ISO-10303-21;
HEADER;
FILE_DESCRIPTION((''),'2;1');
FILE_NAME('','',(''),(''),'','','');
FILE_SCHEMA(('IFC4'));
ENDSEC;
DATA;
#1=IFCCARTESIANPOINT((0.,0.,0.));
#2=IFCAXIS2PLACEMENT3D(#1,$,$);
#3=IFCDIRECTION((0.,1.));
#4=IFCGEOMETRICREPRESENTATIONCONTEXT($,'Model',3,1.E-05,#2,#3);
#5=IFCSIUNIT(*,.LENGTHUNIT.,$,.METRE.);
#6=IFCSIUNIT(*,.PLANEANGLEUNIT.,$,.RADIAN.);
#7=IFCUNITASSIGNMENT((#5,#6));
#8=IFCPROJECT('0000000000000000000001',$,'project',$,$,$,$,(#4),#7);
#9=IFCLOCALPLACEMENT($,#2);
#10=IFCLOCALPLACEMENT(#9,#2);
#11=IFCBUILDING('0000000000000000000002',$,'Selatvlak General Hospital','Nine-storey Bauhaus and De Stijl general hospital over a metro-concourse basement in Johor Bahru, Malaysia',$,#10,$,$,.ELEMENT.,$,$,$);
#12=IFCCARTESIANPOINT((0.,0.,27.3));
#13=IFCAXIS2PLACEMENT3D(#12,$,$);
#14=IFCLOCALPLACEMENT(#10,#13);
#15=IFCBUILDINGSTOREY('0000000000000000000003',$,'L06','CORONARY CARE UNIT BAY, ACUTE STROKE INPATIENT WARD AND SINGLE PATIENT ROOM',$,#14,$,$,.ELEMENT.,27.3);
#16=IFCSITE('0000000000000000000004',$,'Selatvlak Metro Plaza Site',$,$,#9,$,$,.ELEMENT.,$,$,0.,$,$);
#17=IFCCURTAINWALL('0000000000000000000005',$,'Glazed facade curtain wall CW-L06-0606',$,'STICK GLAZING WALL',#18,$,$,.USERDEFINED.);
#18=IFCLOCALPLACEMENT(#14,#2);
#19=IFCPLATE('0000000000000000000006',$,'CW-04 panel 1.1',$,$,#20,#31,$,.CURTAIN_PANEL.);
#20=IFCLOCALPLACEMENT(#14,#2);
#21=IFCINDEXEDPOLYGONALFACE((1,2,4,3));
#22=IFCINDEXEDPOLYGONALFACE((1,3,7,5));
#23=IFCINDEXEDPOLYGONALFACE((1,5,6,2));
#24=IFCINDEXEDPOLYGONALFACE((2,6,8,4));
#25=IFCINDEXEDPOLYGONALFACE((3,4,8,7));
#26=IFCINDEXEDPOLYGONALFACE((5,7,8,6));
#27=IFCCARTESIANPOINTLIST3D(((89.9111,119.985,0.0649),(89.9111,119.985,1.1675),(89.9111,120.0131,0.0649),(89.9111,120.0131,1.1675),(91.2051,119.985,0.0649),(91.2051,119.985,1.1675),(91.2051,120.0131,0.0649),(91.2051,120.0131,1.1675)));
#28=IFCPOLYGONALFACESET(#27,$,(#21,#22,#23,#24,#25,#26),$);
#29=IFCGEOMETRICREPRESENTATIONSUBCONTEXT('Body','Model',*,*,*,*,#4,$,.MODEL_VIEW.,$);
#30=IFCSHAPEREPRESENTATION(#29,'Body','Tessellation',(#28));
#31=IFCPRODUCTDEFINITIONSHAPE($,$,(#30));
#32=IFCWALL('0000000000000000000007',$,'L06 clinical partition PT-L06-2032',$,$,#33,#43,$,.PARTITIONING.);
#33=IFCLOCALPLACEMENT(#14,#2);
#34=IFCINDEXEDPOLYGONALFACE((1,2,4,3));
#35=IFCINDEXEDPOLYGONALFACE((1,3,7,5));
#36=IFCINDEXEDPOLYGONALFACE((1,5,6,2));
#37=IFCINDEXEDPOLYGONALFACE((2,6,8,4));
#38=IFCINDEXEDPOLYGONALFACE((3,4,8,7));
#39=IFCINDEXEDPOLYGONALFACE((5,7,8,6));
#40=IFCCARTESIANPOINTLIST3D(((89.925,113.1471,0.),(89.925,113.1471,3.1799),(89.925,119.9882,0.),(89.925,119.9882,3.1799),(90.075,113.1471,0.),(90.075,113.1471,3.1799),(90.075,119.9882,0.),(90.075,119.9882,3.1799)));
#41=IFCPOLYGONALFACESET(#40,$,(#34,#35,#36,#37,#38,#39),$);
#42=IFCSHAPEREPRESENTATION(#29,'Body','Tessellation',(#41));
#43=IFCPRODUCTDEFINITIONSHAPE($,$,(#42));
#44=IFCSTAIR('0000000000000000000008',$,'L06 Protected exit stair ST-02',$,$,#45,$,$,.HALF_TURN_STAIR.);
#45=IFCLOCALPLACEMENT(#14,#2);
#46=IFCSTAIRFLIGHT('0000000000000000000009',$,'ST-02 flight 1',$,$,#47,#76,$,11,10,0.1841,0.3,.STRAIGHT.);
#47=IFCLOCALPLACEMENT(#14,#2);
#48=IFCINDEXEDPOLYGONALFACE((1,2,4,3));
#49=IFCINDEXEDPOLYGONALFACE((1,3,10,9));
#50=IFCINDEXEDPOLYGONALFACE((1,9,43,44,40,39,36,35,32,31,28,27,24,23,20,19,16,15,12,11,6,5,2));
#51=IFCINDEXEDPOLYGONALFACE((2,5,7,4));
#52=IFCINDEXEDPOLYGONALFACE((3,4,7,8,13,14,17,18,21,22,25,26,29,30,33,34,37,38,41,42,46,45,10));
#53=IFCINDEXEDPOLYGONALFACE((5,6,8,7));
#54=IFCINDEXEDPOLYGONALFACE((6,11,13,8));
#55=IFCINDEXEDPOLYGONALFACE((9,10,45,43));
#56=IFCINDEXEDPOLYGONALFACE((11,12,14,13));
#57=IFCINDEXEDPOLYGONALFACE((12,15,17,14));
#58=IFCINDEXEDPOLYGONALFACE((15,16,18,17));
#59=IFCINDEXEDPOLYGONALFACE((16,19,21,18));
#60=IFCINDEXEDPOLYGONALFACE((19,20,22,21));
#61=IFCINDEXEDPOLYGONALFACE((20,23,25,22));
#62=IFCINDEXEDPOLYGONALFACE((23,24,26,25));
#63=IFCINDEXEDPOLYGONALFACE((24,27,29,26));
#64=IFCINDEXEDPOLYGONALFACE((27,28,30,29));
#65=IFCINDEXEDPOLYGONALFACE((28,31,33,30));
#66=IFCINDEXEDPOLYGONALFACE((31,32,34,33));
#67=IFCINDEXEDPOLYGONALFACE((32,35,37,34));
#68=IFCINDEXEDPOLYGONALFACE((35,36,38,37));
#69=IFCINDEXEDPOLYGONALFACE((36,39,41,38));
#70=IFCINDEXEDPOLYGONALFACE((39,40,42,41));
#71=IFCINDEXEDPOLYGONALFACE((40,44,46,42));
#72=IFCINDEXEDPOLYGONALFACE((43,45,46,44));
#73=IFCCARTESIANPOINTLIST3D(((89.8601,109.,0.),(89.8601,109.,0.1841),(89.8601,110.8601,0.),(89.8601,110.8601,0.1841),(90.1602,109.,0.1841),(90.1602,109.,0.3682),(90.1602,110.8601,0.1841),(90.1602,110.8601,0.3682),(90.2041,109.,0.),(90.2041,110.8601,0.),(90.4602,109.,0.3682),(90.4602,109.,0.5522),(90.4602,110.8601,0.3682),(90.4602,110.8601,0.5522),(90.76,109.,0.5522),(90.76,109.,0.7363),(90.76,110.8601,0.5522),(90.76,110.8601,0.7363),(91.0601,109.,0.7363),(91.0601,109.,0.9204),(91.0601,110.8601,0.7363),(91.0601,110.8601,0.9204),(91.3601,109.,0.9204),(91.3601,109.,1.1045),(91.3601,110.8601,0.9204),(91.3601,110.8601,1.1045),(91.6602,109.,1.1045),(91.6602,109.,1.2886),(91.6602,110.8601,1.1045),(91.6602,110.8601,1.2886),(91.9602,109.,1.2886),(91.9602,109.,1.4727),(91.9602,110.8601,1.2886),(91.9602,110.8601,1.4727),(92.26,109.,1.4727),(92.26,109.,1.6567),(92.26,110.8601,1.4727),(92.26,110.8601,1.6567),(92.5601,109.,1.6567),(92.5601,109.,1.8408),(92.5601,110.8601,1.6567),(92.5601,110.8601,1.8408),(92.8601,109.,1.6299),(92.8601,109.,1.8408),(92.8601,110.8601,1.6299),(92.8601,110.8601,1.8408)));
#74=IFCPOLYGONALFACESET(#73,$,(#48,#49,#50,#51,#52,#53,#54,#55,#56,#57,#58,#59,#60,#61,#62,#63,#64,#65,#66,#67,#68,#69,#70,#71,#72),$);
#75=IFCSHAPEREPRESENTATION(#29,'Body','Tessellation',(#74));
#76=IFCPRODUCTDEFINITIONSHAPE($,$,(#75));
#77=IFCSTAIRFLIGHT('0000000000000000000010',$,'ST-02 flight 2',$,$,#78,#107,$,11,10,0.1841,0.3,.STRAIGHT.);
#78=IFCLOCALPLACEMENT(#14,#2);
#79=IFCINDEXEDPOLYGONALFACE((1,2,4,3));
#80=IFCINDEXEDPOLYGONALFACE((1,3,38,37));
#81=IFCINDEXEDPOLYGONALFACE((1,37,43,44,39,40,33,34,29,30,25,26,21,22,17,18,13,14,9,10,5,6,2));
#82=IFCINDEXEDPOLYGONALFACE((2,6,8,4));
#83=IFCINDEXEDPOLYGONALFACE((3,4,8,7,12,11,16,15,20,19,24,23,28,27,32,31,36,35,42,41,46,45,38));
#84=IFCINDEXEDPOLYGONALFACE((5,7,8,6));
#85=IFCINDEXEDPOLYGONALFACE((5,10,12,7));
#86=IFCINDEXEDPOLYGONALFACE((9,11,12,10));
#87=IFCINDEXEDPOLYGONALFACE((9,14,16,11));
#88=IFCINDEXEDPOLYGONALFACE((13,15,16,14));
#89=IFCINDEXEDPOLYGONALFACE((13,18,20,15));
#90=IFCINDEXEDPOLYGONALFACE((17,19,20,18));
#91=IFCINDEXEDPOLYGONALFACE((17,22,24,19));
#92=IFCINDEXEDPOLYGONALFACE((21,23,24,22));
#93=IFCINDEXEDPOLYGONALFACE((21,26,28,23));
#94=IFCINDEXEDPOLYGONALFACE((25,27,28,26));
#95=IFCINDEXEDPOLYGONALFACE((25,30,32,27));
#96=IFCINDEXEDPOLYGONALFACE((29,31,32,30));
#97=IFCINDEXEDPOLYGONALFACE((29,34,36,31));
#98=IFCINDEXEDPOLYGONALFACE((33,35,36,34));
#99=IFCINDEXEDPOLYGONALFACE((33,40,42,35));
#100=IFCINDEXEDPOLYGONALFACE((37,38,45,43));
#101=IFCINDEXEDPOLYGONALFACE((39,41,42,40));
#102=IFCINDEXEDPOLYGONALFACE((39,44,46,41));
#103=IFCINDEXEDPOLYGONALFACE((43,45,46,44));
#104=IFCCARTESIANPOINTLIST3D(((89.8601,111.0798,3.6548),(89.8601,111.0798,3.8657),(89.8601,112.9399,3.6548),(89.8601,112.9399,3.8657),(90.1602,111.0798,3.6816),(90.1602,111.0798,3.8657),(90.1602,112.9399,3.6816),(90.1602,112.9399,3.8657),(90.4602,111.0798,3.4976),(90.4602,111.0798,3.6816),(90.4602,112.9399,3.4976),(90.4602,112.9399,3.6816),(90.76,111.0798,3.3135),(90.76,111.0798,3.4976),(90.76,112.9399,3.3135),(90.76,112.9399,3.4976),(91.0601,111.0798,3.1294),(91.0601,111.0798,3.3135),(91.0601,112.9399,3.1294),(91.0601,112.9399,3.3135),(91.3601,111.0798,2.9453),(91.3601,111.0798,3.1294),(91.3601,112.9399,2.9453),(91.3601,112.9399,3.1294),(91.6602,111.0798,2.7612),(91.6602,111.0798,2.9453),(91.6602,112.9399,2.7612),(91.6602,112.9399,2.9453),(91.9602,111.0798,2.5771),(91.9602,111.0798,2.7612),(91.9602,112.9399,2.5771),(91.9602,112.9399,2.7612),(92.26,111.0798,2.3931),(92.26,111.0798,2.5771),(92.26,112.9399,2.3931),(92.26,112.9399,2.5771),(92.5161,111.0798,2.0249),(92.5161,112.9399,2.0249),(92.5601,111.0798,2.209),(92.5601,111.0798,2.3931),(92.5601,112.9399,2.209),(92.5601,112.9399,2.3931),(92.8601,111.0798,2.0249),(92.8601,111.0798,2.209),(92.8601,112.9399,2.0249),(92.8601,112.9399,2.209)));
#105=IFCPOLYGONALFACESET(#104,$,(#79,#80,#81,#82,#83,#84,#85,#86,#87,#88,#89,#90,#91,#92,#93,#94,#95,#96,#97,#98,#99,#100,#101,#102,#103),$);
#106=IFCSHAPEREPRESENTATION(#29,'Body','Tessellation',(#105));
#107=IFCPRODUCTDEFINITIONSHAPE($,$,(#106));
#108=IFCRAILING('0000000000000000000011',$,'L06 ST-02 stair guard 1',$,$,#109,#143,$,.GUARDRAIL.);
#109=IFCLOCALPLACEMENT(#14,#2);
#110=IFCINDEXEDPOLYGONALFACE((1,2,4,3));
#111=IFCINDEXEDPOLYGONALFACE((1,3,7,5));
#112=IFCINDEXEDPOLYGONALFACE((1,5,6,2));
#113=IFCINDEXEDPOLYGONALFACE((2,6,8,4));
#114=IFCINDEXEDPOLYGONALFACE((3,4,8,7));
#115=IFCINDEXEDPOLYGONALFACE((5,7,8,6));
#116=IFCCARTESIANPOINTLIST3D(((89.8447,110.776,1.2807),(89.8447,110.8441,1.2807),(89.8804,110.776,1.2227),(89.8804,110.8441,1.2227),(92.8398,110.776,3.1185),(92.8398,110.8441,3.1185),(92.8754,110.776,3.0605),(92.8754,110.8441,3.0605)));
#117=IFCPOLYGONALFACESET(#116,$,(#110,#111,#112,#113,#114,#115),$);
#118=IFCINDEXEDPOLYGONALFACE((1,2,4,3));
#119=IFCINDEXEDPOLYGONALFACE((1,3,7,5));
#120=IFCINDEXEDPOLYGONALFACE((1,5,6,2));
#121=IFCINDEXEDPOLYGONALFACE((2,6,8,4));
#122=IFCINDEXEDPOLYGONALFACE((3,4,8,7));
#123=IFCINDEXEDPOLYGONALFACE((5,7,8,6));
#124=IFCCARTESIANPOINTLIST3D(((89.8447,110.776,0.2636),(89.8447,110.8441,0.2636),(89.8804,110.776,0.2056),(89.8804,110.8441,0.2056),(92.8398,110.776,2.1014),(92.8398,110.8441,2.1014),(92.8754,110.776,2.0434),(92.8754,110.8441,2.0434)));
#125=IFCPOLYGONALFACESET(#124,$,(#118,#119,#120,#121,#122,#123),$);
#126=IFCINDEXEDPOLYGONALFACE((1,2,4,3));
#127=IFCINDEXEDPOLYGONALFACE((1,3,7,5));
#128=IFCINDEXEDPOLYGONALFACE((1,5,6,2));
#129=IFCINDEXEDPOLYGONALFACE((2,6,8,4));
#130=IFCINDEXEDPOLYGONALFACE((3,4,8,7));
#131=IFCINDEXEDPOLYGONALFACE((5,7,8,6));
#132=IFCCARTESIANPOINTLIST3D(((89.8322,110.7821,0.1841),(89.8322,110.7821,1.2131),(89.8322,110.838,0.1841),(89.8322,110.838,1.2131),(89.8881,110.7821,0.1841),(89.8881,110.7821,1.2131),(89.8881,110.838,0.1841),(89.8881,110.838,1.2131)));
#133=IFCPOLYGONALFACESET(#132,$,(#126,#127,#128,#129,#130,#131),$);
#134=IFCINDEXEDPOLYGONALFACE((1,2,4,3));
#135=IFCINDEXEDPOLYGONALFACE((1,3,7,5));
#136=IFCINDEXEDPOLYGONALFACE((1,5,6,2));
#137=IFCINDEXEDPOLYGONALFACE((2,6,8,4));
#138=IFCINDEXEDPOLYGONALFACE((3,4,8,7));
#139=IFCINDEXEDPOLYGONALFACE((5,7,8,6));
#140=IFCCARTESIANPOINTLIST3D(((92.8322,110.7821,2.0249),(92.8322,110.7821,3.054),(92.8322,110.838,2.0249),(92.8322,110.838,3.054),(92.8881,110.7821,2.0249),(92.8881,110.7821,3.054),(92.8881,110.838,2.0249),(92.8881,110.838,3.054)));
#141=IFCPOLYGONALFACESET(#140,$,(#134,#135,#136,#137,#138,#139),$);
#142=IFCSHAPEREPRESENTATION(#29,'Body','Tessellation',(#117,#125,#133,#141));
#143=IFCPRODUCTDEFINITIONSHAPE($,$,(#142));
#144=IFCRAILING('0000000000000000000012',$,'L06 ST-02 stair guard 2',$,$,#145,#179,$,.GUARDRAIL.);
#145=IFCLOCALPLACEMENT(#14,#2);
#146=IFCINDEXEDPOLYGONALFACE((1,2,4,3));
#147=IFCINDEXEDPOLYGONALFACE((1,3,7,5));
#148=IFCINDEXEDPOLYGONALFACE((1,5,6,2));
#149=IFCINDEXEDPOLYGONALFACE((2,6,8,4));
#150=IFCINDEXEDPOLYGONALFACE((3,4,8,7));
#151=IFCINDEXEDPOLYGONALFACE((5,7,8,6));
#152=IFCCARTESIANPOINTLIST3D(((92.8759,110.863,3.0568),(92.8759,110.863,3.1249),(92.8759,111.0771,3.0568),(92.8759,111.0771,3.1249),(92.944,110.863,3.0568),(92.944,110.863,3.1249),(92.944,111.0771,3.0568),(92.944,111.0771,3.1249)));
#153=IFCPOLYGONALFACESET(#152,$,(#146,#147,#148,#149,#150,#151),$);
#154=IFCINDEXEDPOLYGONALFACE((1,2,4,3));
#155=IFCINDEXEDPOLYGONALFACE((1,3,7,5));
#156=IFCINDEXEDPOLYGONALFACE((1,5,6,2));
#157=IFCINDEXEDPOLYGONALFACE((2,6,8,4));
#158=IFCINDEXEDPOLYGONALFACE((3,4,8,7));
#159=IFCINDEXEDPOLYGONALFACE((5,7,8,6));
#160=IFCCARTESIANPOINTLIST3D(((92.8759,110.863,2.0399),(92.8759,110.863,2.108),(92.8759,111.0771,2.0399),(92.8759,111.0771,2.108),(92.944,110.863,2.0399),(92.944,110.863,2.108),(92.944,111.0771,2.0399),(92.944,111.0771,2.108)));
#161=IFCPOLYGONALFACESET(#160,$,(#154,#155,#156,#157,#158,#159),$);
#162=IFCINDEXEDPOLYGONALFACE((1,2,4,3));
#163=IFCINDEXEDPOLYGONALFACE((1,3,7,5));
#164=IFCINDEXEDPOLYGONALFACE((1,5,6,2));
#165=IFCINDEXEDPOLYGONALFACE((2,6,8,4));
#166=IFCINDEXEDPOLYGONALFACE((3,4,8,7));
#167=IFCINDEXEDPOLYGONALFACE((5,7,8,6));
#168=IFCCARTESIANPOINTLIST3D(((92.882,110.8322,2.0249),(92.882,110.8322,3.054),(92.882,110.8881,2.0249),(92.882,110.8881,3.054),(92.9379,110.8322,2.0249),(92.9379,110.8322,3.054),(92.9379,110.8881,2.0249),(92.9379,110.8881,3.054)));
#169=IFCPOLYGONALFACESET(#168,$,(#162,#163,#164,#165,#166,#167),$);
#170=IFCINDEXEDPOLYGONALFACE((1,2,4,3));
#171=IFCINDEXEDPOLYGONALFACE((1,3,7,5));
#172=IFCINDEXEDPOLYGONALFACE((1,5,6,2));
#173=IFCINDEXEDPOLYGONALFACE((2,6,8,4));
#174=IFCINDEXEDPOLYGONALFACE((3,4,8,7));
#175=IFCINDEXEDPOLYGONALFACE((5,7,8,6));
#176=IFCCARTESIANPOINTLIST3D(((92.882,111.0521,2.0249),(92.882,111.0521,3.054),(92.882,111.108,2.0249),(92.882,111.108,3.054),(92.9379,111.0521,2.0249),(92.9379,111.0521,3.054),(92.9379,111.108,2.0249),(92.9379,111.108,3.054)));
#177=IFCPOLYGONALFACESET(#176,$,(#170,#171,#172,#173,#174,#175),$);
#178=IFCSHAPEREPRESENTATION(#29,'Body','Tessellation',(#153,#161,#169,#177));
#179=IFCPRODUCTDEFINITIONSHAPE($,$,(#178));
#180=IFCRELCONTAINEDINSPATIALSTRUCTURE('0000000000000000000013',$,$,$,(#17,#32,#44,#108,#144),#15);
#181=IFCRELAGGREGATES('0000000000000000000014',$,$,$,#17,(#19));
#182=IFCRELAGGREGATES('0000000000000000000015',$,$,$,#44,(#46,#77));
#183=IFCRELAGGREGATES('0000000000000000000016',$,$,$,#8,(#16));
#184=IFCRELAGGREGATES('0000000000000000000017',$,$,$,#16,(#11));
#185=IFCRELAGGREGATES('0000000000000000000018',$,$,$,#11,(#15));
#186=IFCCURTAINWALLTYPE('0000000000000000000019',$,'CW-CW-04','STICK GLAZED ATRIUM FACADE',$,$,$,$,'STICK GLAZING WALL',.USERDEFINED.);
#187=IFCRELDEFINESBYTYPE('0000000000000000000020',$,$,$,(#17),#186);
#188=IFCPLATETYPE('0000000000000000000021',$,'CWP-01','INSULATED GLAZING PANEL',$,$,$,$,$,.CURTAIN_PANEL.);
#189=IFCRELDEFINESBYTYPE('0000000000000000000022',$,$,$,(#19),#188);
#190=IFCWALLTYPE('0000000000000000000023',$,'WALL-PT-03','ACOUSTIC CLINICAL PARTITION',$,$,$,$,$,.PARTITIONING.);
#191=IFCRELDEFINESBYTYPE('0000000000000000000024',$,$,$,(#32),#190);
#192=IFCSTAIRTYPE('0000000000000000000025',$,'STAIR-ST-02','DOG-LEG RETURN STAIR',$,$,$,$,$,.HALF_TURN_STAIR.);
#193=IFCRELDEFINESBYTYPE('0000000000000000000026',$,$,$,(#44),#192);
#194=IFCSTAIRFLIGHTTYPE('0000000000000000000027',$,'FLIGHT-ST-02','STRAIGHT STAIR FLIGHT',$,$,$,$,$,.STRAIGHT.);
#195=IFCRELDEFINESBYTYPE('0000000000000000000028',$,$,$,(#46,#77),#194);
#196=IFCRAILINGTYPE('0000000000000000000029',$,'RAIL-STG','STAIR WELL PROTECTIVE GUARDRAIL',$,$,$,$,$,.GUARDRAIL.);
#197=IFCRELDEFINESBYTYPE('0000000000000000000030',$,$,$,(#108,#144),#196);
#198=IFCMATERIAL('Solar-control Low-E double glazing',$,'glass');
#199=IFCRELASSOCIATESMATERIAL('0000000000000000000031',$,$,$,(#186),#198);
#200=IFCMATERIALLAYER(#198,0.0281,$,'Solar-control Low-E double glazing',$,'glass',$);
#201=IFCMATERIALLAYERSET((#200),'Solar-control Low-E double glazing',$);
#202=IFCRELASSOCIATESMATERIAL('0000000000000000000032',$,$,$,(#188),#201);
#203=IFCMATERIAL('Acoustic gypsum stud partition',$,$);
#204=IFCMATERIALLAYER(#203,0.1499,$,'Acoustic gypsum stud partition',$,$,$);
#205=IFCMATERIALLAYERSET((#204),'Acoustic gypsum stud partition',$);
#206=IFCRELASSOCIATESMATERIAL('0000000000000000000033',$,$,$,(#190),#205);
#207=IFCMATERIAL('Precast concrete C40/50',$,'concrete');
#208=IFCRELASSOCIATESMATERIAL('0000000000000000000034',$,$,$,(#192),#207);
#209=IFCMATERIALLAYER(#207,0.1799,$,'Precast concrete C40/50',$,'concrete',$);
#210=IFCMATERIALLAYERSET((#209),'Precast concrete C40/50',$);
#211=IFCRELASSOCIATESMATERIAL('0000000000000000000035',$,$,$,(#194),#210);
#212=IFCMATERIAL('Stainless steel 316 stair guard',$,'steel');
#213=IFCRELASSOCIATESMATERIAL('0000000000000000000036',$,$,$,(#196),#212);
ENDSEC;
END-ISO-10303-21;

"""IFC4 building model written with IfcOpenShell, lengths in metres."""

from ifc_helpers import new_model, si_unit, direction, frame, frame_2d, origin, origin_2d, place, context, subcontext, project, spatial, polyline, rectangle, outline, extrude, material, layer, layer_set, type_object, element, aggregate, save


model = new_model("IFC4")

# Units and contexts
model_context = context("Model", 3, precision=1e-05, world=origin(), true_north=direction((0.0, 1.0)))
body_context = subcontext(model_context, "Body", "Model", "MODEL_VIEW")
ifc_project = project(units=[si_unit("LENGTHUNIT", "METRE"), si_unit("PLANEANGLEUNIT", "RADIAN")], contexts=[model_context])

# Site, building, storey
site_placement = place(None, origin())
site = spatial("IfcSite", under=ifc_project, at=site_placement, Name="Selatvlak Metro Plaza Site", CompositionType="ELEMENT", RefElevation=0.0)
building_placement = place(site_placement, origin())
building = spatial("IfcBuilding", under=site, at=building_placement, Name="Selatvlak General Hospital", Description="Nine-storey Bauhaus and De Stijl general hospital over a metro-concourse basement in Johor Bahru, Malaysia", CompositionType="ELEMENT")
storey_placement = place(building_placement, frame((0.0, 0.0, 27.3)))
storey = spatial("IfcBuildingStorey", under=building, at=storey_placement, Name="L06", Description="CORONARY CARE UNIT BAY, ACUTE STROKE INPATIENT WARD AND SINGLE PATIENT ROOM", CompositionType="ELEMENT", Elevation=27.3)

# Shared definitions
ifc_material_1 = material(Name="Solar-control Low-E double glazing", Category="glass")

# Curtain wall
curtain_wall_type_1 = type_object("IfcCurtainWallType", Name="CW-CW-04", Description="STICK GLAZED ATRIUM FACADE", ElementType="STICK GLAZING WALL", PredefinedType="USERDEFINED", material=ifc_material_1)
curtain_wall_1_placement = place(storey_placement, origin())
curtain_wall_1 = element("IfcCurtainWall", 1, at=curtain_wall_1_placement, inside=storey, type_object=curtain_wall_type_1, Name="Glazed facade curtain wall CW-L06-0606", ObjectType="STICK GLAZING WALL", PredefinedType="USERDEFINED")

# Plate
ifc_layer_1 = layer(ifc_material_1, 0.0281, Name="Solar-control Low-E double glazing", Category="glass")
ifc_layer_set_1 = layer_set([ifc_layer_1], Name="Solar-control Low-E double glazing")
plate_type = type_object("IfcPlateType", Name="CWP-01", Description="INSULATED GLAZING PANEL", PredefinedType="CURTAIN_PANEL", material=ifc_layer_set_1)
plate_1_placement = place(storey_placement, frame((90.5581, 119.999, 0.0649), z_axis=(0.0, 0.0, 1.0), x_axis=(1.0, 0.0, 0.0)))
plate_1 = element("IfcPlate", 2, at=plate_1_placement, type_object=plate_type, Name="CW-04 panel 1.1", PredefinedType="CURTAIN_PANEL", context=body_context, shape_type="SweptSolid", body=[
    extrude(rectangle(XDim=1.2939, YDim=0.0281, at=origin_2d()), origin(), (0.0, 0.0, 1.0), 1.1025),
])
aggregate(curtain_wall_1, [plate_1])

# Wall
ifc_material_2 = material(Name="Acoustic gypsum stud partition")
ifc_layer_2 = layer(ifc_material_2, 0.1499, Name="Acoustic gypsum stud partition")
ifc_layer_set_2 = layer_set([ifc_layer_2], Name="Acoustic gypsum stud partition")
wall_type = type_object("IfcWallType", Name="WALL-PT-03", Description="ACOUSTIC CLINICAL PARTITION", PredefinedType="PARTITIONING", material=ifc_layer_set_2)
wall_placement = place(storey_placement, frame((90.0, 119.988, 0.0), z_axis=(0.0, 0.0, 1.0), x_axis=(0.0, -1.0, 0.0)))
element("IfcWall", 3, at=wall_placement, inside=storey, type_object=wall_type, Name="L06 clinical partition PT-L06-2032", PredefinedType="PARTITIONING", context=body_context, shape_type="SweptSolid", body=[
    extrude(rectangle(XDim=6.8411, YDim=0.1499, at=frame_2d((3.4204, 0.0))), origin(), (0.0, 0.0, 1.0), 3.1799),
])

# Stair, stair flights
ifc_material_3 = material(Name="Precast concrete C40/50", Category="concrete")
stair_type = type_object("IfcStairType", Name="STAIR-ST-02", Description="DOG-LEG RETURN STAIR", PredefinedType="HALF_TURN_STAIR", material=ifc_material_3)
stair_placement = place(storey_placement, origin())
stair = element("IfcStair", 4, at=stair_placement, inside=storey, type_object=stair_type, Name="L06 Protected exit stair ST-02", PredefinedType="HALF_TURN_STAIR")
ifc_layer_3 = layer(ifc_material_3, 0.1799, Name="Precast concrete C40/50", Category="concrete")
ifc_layer_set_3 = layer_set([ifc_layer_3], Name="Precast concrete C40/50")
stair_flight_type = type_object("IfcStairFlightType", Name="FLIGHT-ST-02", Description="STRAIGHT STAIR FLIGHT", PredefinedType="STRAIGHT", material=ifc_layer_set_3)
stair_flight_1_placement = place(storey_placement, frame((89.8601, 109.9299, 0.0), z_axis=(0.0, 0.0, 1.0), x_axis=(1.0, 0.0, 0.0)))
stair_flight_1 = element("IfcStairFlight", 5, at=stair_flight_1_placement, type_object=stair_flight_type, Name="ST-02 flight 1", NumberOfRisers=11, NumberOfTreads=10, PredefinedType="STRAIGHT", RiserHeight=0.1841, TreadLength=0.3, context=body_context, shape_type="SweptSolid", body=[
    extrude(outline(polyline([(0.0, 0.0), (0.0, 0.1841), (0.3, 0.1841), (0.3, 0.3682), (0.6001, 0.3682), (0.6001, 0.5522), (0.8999, 0.5522), (0.8999, 0.7363), (1.2, 0.7363), (1.2, 0.9204), (1.5, 0.9204), (1.5, 1.1045), (1.8, 1.1045), (1.8, 1.2886), (2.1001, 1.2886), (2.1001, 1.4727), (2.3999, 1.4727), (2.3999, 1.6567), (2.7, 1.6567), (2.7, 1.8408), (3.0, 1.8408), (3.0, 2.0249), (3.0, 1.6299), (0.344, 0.0), (0.0, 0.0)])), frame((0.0, 0.9302, 0.0), z_axis=(0.0, -1.0, 0.0), x_axis=(1.0, 0.0, 0.0)), (0.0, 0.0, 1.0), 1.8601),
])
stair_flight_2_placement = place(storey_placement, frame((92.8601, 112.01, 2.0249), z_axis=(0.0, 0.0, 1.0), x_axis=(-1.0, 0.0, 0.0)))
stair_flight_2 = element("IfcStairFlight", 6, at=stair_flight_2_placement, type_object=stair_flight_type, Name="ST-02 flight 2", NumberOfRisers=11, NumberOfTreads=10, PredefinedType="STRAIGHT", RiserHeight=0.1841, TreadLength=0.3, context=body_context, shape_type="SweptSolid", body=[
    extrude(outline(polyline([(0.0, 0.0), (0.0, 0.1841), (0.3, 0.1841), (0.3, 0.3682), (0.6001, 0.3682), (0.6001, 0.5522), (0.8999, 0.5522), (0.8999, 0.7363), (1.2, 0.7363), (1.2, 0.9204), (1.5, 0.9204), (1.5, 1.1045), (1.8, 1.1045), (1.8, 1.2886), (2.1001, 1.2886), (2.1001, 1.4727), (2.3999, 1.4727), (2.3999, 1.6567), (2.7, 1.6567), (2.7, 1.8408), (3.0, 1.8408), (3.0, 2.0249), (3.0, 1.6299), (0.344, 0.0), (0.0, 0.0)])), frame((0.0, 0.9302, 0.0), z_axis=(0.0, -1.0, 0.0), x_axis=(1.0, 0.0, 0.0)), (0.0, 0.0, 1.0), 1.8601),
])
aggregate(stair, [stair_flight_1, stair_flight_2])

# Railings
ifc_material_4 = material(Name="Stainless steel 316 stair guard", Category="steel")
railing_type_1 = type_object("IfcRailingType", Name="RAIL-STG", Description="STAIR WELL PROTECTIVE GUARDRAIL", PredefinedType="GUARDRAIL", material=ifc_material_4)
railing_1_placement = place(storey_placement, frame((89.8601, 110.8101, 0.1841)))
element("IfcRailing", 7, at=railing_1_placement, inside=storey, type_object=railing_type_1, Name="L06 ST-02 stair guard 1", PredefinedType="GUARDRAIL", context=body_context, shape_type="SweptSolid", body=[
    extrude(rectangle(XDim=0.0681, YDim=0.0681, at=origin_2d()), frame((0.0024, 0.0, 1.0676), z_axis=(0.852334, 0.0, 0.522998), x_axis=(0.0, 1.0, 0.0)), (0.0, 0.0, 1.0), 3.5139),
    extrude(rectangle(XDim=0.0681, YDim=0.0681, at=origin_2d()), frame((0.0024, 0.0, 0.0505), z_axis=(0.852334, 0.0, 0.522998), x_axis=(0.0, 1.0, 0.0)), (0.0, 0.0, 1.0), 3.5139),
    extrude(rectangle(XDim=0.0559, YDim=0.0559, at=origin_2d()), origin(), (0.0, 0.0, 1.0), 1.0291),
    extrude(rectangle(XDim=0.0559, YDim=0.0559, at=origin_2d()), frame((3.0, 0.0, 1.8408)), (0.0, 0.0, 1.0), 1.0291),
])
railing_2_placement = place(storey_placement, frame((92.9099, 110.8601, 2.0249)))
element("IfcRailing", 8, at=railing_2_placement, inside=storey, type_object=railing_type_1, Name="L06 ST-02 stair guard 2", PredefinedType="GUARDRAIL", context=body_context, shape_type="SweptSolid", body=[
    extrude(rectangle(XDim=0.0681, YDim=0.0681, at=origin_2d()), frame((0.0, 0.0029, 1.0659), z_axis=(0.0, 1.0, 0.0), x_axis=(-1.0, 0.0, 0.0)), (0.0, 0.0, 1.0), 0.2141),
    extrude(rectangle(XDim=0.0681, YDim=0.0681, at=origin_2d()), frame((0.0, 0.0029, 0.0491), z_axis=(0.0, 1.0, 0.0), x_axis=(-1.0, 0.0, 0.0)), (0.0, 0.0, 1.0), 0.2141),
    extrude(rectangle(XDim=0.0559, YDim=0.0559, at=origin_2d()), origin(), (0.0, 0.0, 1.0), 1.0291),
    extrude(rectangle(XDim=0.0559, YDim=0.0559, at=origin_2d()), frame((0.0, 0.22, 0.0)), (0.0, 0.0, 1.0), 1.0291),
])

save(model, "model.ifc")
